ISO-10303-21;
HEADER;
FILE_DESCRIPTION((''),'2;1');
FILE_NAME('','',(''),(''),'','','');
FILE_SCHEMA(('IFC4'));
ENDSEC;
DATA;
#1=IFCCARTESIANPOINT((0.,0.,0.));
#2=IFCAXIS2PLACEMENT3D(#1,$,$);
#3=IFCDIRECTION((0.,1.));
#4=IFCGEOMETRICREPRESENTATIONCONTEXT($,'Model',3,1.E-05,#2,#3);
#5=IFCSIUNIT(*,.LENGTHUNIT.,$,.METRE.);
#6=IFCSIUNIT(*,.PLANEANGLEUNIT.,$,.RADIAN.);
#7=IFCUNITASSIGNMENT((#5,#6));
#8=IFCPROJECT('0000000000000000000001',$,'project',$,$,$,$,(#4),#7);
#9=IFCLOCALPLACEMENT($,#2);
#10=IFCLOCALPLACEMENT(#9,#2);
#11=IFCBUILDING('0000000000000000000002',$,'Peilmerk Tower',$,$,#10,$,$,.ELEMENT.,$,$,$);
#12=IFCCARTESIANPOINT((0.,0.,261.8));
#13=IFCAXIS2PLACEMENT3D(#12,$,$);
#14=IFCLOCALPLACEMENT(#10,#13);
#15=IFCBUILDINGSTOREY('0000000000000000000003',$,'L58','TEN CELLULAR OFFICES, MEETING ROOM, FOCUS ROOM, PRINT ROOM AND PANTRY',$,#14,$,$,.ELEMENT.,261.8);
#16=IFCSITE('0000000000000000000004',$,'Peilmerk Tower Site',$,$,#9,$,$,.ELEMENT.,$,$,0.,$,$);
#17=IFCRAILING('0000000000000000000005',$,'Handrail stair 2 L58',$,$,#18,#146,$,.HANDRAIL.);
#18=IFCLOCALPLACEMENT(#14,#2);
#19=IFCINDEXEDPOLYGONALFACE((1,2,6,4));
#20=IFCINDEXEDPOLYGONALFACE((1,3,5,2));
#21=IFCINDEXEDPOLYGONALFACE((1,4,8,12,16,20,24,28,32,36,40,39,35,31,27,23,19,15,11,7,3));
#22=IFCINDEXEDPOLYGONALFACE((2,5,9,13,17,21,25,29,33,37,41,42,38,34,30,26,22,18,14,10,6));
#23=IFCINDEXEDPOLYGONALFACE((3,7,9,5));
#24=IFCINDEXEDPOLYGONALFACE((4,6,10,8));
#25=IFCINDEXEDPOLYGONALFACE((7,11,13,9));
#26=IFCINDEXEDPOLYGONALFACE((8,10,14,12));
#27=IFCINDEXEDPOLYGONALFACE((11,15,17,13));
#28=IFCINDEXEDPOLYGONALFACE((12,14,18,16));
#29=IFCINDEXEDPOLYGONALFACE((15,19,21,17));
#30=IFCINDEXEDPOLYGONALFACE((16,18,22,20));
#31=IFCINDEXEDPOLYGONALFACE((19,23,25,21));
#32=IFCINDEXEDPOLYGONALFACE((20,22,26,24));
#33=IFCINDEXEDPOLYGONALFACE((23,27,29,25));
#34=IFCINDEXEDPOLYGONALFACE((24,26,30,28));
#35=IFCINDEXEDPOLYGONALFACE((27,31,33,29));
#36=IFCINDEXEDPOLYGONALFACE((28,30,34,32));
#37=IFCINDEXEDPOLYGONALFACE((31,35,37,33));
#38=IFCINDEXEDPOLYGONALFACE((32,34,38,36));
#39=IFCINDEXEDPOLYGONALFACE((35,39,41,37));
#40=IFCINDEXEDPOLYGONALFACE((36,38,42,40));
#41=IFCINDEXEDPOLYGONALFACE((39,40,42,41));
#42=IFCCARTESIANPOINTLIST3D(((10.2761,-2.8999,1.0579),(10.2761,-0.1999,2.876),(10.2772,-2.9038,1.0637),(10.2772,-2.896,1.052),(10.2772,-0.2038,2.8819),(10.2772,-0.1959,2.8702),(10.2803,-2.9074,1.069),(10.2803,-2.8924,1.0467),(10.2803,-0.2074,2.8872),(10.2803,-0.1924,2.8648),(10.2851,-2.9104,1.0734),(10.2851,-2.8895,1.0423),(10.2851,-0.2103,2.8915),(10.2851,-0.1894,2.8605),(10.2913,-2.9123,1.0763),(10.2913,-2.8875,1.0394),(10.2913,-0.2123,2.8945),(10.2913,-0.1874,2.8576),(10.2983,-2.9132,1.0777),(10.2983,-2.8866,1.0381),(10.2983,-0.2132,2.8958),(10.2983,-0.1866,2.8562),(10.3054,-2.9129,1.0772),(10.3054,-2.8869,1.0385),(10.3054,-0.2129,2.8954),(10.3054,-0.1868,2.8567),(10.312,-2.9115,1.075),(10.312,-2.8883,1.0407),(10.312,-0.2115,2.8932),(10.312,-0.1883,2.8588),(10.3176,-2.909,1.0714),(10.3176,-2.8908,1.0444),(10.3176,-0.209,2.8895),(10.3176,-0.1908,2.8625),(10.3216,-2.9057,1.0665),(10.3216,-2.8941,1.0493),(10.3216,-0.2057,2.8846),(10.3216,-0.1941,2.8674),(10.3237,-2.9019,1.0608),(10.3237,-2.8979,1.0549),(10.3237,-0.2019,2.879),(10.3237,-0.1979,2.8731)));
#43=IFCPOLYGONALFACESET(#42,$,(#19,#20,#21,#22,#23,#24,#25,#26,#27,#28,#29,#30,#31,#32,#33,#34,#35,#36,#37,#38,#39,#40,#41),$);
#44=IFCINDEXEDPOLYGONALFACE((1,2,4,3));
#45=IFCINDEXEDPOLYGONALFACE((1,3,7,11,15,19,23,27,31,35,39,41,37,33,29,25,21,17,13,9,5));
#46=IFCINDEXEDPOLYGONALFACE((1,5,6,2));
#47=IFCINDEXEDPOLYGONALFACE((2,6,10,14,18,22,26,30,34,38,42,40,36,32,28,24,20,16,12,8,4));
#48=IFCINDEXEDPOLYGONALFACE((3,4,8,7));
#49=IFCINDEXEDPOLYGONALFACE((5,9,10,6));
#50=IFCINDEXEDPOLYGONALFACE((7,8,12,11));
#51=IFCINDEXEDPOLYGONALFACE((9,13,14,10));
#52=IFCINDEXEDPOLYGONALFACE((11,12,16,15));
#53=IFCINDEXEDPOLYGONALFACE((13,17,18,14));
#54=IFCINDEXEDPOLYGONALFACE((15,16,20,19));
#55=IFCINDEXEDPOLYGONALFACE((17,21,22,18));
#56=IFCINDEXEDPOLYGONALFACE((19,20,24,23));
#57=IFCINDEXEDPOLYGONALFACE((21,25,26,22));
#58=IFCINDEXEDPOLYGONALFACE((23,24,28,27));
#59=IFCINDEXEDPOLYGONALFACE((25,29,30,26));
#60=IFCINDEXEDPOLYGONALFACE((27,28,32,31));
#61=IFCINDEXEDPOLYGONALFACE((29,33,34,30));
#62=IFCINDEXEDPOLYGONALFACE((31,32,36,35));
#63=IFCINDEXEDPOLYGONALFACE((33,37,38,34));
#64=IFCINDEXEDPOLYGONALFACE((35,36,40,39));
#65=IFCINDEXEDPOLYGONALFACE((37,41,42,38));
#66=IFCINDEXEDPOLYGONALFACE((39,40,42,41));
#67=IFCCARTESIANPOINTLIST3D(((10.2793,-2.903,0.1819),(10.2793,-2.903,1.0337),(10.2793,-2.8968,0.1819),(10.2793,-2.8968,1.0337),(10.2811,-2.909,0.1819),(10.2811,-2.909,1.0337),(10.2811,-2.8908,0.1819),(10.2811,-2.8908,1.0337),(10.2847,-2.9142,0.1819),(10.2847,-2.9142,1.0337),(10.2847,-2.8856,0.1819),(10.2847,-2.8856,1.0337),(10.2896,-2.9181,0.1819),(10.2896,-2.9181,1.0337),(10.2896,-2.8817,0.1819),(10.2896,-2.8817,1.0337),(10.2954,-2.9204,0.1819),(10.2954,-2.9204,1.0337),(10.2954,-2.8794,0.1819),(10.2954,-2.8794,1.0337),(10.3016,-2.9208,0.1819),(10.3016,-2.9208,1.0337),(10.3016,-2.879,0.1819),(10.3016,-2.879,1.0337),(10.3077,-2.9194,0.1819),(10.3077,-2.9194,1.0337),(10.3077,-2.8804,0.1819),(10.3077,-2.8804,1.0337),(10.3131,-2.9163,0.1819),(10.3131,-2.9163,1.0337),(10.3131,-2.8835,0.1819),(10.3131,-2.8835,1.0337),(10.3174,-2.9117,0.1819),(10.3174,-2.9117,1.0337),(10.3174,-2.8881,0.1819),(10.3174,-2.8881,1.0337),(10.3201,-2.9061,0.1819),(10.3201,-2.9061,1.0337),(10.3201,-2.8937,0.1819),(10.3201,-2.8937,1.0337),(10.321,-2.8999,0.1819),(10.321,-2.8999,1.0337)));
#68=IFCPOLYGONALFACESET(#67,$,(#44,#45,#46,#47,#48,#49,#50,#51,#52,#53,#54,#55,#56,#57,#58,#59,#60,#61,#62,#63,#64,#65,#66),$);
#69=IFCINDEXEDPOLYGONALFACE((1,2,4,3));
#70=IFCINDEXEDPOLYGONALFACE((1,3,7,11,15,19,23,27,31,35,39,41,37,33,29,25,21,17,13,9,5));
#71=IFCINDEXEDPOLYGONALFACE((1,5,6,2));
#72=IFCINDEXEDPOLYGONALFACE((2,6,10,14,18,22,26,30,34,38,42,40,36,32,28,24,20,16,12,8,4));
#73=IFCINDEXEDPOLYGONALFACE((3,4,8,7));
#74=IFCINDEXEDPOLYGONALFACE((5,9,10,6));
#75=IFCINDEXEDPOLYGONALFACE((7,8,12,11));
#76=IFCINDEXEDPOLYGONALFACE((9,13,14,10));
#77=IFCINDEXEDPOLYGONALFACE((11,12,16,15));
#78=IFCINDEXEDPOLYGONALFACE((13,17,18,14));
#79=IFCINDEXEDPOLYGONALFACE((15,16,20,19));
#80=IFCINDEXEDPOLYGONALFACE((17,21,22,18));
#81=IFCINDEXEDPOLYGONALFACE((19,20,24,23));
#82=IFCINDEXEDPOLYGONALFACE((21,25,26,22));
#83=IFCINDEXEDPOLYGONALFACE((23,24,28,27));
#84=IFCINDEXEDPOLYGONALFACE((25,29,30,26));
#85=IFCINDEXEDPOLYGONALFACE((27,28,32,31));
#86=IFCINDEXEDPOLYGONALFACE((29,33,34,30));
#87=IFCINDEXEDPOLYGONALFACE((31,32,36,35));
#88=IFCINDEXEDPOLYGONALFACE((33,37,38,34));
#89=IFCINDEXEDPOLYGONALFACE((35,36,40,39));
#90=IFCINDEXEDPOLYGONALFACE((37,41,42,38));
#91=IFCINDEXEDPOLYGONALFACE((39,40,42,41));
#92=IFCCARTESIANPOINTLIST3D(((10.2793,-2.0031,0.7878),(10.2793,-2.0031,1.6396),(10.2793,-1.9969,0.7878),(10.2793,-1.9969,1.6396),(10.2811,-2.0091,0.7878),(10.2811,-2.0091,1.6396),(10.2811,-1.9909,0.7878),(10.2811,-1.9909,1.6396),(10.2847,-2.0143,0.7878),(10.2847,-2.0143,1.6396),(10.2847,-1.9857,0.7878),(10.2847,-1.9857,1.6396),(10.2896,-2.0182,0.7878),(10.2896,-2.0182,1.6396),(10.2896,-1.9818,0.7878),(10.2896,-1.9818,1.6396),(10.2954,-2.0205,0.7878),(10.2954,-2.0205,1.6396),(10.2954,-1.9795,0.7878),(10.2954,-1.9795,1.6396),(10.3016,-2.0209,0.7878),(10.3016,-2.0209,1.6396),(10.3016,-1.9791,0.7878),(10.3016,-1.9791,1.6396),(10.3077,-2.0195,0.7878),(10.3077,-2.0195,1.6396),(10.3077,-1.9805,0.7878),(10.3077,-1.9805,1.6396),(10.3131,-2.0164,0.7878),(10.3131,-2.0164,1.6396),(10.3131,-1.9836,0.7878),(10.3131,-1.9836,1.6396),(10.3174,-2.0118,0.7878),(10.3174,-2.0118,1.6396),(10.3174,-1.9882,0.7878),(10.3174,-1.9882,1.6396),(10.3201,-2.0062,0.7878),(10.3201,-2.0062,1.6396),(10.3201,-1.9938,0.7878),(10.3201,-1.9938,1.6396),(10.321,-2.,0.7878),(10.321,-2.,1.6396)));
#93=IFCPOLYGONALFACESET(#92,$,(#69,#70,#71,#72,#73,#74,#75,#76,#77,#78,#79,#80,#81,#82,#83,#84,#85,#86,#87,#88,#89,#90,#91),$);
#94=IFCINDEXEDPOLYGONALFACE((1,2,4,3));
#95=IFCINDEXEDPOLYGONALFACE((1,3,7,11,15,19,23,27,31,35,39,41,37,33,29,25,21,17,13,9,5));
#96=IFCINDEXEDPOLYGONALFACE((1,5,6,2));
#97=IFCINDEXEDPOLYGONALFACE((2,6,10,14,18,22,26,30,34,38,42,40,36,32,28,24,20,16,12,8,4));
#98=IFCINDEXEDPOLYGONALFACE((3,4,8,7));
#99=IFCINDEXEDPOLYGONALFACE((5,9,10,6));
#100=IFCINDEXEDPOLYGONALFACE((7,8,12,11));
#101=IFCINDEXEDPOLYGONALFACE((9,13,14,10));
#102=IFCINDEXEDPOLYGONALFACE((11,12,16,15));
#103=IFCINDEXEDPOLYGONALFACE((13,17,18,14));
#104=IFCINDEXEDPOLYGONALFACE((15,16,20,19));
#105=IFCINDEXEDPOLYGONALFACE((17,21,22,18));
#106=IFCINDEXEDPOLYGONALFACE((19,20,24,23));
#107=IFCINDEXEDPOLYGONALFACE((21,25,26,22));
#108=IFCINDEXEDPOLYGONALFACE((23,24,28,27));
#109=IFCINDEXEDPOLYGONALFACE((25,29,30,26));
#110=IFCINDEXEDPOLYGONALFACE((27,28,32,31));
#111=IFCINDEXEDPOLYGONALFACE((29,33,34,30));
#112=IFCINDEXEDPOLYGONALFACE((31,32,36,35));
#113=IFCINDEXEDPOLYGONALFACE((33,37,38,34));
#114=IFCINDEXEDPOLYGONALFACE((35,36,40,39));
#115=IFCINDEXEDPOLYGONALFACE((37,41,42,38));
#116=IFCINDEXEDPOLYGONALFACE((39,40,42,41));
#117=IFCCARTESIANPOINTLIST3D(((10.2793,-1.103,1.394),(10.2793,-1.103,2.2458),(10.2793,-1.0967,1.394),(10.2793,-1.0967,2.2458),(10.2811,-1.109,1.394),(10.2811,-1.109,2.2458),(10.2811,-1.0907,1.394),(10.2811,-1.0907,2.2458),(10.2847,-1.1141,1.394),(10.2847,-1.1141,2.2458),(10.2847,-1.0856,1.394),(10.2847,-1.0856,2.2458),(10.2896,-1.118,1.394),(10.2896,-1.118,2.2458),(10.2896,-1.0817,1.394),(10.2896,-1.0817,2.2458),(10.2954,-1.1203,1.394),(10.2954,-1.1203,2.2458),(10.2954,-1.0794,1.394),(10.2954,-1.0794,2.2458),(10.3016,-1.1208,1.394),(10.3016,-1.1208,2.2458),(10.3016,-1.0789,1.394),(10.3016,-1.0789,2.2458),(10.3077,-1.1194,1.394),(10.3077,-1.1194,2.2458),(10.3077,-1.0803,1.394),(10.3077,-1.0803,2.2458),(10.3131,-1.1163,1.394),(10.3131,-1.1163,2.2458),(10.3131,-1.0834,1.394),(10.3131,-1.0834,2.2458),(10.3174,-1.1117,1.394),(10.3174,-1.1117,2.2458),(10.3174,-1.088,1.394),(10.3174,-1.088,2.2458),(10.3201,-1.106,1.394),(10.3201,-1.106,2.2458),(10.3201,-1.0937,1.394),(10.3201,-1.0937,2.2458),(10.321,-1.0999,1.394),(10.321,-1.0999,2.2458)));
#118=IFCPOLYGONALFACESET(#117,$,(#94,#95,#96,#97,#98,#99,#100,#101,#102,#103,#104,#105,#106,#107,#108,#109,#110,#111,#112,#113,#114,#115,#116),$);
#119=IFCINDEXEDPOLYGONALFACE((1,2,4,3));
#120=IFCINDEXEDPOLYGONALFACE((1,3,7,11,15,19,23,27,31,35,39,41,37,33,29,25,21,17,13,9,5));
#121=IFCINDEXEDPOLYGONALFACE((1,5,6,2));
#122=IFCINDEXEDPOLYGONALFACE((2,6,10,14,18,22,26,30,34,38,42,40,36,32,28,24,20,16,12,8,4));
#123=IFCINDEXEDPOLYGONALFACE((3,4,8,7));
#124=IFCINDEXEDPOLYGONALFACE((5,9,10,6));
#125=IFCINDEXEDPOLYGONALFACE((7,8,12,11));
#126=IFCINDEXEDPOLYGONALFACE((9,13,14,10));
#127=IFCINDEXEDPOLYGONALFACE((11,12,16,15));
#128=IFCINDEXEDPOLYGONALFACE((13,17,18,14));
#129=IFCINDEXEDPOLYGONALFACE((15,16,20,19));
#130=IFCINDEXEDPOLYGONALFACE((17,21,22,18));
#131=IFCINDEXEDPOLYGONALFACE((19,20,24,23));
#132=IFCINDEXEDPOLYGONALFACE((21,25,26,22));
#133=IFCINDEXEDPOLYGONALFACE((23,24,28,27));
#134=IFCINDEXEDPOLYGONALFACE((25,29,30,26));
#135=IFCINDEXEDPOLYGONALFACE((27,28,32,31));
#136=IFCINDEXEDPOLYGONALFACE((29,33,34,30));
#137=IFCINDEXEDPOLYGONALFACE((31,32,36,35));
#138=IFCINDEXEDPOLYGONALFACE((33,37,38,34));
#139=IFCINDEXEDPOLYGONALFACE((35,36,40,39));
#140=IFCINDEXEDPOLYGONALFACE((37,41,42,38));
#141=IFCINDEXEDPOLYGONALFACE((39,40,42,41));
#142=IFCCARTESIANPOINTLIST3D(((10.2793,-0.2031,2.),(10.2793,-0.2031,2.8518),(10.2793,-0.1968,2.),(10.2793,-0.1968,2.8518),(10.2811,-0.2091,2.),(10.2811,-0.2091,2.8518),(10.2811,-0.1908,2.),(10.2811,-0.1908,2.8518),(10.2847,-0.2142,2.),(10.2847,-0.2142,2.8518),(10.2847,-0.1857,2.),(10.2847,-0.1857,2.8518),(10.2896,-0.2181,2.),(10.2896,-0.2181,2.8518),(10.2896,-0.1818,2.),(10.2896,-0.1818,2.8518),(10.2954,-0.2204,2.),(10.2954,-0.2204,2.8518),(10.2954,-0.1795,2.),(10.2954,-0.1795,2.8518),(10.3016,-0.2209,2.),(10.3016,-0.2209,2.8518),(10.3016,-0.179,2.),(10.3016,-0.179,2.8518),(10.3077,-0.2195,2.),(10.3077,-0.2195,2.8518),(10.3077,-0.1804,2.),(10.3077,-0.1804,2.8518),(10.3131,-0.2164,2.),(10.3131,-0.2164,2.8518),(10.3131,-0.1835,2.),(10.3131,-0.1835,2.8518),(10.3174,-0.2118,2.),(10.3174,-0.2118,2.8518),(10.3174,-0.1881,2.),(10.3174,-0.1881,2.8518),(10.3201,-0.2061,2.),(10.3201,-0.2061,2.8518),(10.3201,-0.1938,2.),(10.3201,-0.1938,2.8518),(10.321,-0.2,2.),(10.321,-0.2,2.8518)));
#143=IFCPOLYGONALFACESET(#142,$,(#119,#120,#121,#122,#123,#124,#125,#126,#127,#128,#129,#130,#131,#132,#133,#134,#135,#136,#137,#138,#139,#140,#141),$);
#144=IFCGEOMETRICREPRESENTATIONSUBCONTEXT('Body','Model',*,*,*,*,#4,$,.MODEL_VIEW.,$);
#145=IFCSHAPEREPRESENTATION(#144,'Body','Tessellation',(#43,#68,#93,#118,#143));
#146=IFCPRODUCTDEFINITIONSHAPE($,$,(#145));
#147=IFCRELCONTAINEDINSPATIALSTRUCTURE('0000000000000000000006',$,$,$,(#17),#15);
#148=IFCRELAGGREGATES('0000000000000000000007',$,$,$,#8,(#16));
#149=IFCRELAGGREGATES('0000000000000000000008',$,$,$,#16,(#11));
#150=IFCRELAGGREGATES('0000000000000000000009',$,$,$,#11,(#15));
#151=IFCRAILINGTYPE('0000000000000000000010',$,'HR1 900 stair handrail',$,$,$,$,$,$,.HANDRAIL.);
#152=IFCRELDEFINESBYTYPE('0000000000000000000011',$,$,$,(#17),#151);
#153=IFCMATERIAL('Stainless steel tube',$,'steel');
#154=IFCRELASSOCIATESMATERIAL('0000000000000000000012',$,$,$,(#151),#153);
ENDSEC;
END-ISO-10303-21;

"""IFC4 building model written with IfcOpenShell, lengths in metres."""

from ifc_helpers import new_model, si_unit, direction, frame, origin, origin_2d, place, context, subcontext, project, spatial, circle, extrude, material, type_object, element, save


model = new_model("IFC4")

# Units and contexts
model_context = context("Model", 3, precision=1e-05, world=origin(), true_north=direction((0.0, 1.0)))
body_context = subcontext(model_context, "Body", "Model", "MODEL_VIEW")
ifc_project = project(units=[si_unit("LENGTHUNIT", "METRE"), si_unit("PLANEANGLEUNIT", "RADIAN")], contexts=[model_context])

# Site, building, storey
site_placement = place(None, origin())
site = spatial("IfcSite", under=ifc_project, at=site_placement, Name="Peilmerk Tower Site", CompositionType="ELEMENT", RefElevation=0.0)
building_placement = place(site_placement, origin())
building = spatial("IfcBuilding", under=site, at=building_placement, Name="Peilmerk Tower", CompositionType="ELEMENT")
storey_placement = place(building_placement, frame((0.0, 0.0, 261.8)))
storey = spatial("IfcBuildingStorey", under=building, at=storey_placement, Name="L58", Description="TEN CELLULAR OFFICES, MEETING ROOM, FOCUS ROOM, PRINT ROOM AND PANTRY", CompositionType="ELEMENT", Elevation=261.8)

# Railing
ifc_material_1 = material(Name="Stainless steel tube", Category="steel")
railing_type_1 = type_object("IfcRailingType", Name="HR1 900 stair handrail", PredefinedType="HANDRAIL", material=ifc_material_1)
railing_1_placement = place(storey_placement, frame((10.3, -2.8999, 0.1819)))
element("IfcRailing", 1, at=railing_1_placement, inside=storey, type_object=railing_type_1, Name="Handrail stair 2 L58", PredefinedType="HANDRAIL", context=body_context, shape_type="SweptSolid", body=[
    extrude(circle(Radius=0.0239, at=origin_2d()), frame((0.0, 0.0, 0.876), z_axis=(0.0, 0.829468, 0.558554), x_axis=(-1.0, 0.0, 0.0)), (0.0, 0.0, 1.0), 3.2551),
    extrude(circle(Radius=0.021, at=origin_2d()), origin(), (0.0, 0.0, 1.0), 0.8518),
    extrude(circle(Radius=0.021, at=origin_2d()), frame((0.0, 0.8999, 0.606)), (0.0, 0.0, 1.0), 0.8518),
    extrude(circle(Radius=0.021, at=origin_2d()), frame((0.0, 1.8, 1.2122)), (0.0, 0.0, 1.0), 0.8518),
    extrude(circle(Radius=0.021, at=origin_2d()), frame((0.0, 2.7, 1.8181)), (0.0, 0.0, 1.0), 0.8518),
])

save(model, "model.ifc")
